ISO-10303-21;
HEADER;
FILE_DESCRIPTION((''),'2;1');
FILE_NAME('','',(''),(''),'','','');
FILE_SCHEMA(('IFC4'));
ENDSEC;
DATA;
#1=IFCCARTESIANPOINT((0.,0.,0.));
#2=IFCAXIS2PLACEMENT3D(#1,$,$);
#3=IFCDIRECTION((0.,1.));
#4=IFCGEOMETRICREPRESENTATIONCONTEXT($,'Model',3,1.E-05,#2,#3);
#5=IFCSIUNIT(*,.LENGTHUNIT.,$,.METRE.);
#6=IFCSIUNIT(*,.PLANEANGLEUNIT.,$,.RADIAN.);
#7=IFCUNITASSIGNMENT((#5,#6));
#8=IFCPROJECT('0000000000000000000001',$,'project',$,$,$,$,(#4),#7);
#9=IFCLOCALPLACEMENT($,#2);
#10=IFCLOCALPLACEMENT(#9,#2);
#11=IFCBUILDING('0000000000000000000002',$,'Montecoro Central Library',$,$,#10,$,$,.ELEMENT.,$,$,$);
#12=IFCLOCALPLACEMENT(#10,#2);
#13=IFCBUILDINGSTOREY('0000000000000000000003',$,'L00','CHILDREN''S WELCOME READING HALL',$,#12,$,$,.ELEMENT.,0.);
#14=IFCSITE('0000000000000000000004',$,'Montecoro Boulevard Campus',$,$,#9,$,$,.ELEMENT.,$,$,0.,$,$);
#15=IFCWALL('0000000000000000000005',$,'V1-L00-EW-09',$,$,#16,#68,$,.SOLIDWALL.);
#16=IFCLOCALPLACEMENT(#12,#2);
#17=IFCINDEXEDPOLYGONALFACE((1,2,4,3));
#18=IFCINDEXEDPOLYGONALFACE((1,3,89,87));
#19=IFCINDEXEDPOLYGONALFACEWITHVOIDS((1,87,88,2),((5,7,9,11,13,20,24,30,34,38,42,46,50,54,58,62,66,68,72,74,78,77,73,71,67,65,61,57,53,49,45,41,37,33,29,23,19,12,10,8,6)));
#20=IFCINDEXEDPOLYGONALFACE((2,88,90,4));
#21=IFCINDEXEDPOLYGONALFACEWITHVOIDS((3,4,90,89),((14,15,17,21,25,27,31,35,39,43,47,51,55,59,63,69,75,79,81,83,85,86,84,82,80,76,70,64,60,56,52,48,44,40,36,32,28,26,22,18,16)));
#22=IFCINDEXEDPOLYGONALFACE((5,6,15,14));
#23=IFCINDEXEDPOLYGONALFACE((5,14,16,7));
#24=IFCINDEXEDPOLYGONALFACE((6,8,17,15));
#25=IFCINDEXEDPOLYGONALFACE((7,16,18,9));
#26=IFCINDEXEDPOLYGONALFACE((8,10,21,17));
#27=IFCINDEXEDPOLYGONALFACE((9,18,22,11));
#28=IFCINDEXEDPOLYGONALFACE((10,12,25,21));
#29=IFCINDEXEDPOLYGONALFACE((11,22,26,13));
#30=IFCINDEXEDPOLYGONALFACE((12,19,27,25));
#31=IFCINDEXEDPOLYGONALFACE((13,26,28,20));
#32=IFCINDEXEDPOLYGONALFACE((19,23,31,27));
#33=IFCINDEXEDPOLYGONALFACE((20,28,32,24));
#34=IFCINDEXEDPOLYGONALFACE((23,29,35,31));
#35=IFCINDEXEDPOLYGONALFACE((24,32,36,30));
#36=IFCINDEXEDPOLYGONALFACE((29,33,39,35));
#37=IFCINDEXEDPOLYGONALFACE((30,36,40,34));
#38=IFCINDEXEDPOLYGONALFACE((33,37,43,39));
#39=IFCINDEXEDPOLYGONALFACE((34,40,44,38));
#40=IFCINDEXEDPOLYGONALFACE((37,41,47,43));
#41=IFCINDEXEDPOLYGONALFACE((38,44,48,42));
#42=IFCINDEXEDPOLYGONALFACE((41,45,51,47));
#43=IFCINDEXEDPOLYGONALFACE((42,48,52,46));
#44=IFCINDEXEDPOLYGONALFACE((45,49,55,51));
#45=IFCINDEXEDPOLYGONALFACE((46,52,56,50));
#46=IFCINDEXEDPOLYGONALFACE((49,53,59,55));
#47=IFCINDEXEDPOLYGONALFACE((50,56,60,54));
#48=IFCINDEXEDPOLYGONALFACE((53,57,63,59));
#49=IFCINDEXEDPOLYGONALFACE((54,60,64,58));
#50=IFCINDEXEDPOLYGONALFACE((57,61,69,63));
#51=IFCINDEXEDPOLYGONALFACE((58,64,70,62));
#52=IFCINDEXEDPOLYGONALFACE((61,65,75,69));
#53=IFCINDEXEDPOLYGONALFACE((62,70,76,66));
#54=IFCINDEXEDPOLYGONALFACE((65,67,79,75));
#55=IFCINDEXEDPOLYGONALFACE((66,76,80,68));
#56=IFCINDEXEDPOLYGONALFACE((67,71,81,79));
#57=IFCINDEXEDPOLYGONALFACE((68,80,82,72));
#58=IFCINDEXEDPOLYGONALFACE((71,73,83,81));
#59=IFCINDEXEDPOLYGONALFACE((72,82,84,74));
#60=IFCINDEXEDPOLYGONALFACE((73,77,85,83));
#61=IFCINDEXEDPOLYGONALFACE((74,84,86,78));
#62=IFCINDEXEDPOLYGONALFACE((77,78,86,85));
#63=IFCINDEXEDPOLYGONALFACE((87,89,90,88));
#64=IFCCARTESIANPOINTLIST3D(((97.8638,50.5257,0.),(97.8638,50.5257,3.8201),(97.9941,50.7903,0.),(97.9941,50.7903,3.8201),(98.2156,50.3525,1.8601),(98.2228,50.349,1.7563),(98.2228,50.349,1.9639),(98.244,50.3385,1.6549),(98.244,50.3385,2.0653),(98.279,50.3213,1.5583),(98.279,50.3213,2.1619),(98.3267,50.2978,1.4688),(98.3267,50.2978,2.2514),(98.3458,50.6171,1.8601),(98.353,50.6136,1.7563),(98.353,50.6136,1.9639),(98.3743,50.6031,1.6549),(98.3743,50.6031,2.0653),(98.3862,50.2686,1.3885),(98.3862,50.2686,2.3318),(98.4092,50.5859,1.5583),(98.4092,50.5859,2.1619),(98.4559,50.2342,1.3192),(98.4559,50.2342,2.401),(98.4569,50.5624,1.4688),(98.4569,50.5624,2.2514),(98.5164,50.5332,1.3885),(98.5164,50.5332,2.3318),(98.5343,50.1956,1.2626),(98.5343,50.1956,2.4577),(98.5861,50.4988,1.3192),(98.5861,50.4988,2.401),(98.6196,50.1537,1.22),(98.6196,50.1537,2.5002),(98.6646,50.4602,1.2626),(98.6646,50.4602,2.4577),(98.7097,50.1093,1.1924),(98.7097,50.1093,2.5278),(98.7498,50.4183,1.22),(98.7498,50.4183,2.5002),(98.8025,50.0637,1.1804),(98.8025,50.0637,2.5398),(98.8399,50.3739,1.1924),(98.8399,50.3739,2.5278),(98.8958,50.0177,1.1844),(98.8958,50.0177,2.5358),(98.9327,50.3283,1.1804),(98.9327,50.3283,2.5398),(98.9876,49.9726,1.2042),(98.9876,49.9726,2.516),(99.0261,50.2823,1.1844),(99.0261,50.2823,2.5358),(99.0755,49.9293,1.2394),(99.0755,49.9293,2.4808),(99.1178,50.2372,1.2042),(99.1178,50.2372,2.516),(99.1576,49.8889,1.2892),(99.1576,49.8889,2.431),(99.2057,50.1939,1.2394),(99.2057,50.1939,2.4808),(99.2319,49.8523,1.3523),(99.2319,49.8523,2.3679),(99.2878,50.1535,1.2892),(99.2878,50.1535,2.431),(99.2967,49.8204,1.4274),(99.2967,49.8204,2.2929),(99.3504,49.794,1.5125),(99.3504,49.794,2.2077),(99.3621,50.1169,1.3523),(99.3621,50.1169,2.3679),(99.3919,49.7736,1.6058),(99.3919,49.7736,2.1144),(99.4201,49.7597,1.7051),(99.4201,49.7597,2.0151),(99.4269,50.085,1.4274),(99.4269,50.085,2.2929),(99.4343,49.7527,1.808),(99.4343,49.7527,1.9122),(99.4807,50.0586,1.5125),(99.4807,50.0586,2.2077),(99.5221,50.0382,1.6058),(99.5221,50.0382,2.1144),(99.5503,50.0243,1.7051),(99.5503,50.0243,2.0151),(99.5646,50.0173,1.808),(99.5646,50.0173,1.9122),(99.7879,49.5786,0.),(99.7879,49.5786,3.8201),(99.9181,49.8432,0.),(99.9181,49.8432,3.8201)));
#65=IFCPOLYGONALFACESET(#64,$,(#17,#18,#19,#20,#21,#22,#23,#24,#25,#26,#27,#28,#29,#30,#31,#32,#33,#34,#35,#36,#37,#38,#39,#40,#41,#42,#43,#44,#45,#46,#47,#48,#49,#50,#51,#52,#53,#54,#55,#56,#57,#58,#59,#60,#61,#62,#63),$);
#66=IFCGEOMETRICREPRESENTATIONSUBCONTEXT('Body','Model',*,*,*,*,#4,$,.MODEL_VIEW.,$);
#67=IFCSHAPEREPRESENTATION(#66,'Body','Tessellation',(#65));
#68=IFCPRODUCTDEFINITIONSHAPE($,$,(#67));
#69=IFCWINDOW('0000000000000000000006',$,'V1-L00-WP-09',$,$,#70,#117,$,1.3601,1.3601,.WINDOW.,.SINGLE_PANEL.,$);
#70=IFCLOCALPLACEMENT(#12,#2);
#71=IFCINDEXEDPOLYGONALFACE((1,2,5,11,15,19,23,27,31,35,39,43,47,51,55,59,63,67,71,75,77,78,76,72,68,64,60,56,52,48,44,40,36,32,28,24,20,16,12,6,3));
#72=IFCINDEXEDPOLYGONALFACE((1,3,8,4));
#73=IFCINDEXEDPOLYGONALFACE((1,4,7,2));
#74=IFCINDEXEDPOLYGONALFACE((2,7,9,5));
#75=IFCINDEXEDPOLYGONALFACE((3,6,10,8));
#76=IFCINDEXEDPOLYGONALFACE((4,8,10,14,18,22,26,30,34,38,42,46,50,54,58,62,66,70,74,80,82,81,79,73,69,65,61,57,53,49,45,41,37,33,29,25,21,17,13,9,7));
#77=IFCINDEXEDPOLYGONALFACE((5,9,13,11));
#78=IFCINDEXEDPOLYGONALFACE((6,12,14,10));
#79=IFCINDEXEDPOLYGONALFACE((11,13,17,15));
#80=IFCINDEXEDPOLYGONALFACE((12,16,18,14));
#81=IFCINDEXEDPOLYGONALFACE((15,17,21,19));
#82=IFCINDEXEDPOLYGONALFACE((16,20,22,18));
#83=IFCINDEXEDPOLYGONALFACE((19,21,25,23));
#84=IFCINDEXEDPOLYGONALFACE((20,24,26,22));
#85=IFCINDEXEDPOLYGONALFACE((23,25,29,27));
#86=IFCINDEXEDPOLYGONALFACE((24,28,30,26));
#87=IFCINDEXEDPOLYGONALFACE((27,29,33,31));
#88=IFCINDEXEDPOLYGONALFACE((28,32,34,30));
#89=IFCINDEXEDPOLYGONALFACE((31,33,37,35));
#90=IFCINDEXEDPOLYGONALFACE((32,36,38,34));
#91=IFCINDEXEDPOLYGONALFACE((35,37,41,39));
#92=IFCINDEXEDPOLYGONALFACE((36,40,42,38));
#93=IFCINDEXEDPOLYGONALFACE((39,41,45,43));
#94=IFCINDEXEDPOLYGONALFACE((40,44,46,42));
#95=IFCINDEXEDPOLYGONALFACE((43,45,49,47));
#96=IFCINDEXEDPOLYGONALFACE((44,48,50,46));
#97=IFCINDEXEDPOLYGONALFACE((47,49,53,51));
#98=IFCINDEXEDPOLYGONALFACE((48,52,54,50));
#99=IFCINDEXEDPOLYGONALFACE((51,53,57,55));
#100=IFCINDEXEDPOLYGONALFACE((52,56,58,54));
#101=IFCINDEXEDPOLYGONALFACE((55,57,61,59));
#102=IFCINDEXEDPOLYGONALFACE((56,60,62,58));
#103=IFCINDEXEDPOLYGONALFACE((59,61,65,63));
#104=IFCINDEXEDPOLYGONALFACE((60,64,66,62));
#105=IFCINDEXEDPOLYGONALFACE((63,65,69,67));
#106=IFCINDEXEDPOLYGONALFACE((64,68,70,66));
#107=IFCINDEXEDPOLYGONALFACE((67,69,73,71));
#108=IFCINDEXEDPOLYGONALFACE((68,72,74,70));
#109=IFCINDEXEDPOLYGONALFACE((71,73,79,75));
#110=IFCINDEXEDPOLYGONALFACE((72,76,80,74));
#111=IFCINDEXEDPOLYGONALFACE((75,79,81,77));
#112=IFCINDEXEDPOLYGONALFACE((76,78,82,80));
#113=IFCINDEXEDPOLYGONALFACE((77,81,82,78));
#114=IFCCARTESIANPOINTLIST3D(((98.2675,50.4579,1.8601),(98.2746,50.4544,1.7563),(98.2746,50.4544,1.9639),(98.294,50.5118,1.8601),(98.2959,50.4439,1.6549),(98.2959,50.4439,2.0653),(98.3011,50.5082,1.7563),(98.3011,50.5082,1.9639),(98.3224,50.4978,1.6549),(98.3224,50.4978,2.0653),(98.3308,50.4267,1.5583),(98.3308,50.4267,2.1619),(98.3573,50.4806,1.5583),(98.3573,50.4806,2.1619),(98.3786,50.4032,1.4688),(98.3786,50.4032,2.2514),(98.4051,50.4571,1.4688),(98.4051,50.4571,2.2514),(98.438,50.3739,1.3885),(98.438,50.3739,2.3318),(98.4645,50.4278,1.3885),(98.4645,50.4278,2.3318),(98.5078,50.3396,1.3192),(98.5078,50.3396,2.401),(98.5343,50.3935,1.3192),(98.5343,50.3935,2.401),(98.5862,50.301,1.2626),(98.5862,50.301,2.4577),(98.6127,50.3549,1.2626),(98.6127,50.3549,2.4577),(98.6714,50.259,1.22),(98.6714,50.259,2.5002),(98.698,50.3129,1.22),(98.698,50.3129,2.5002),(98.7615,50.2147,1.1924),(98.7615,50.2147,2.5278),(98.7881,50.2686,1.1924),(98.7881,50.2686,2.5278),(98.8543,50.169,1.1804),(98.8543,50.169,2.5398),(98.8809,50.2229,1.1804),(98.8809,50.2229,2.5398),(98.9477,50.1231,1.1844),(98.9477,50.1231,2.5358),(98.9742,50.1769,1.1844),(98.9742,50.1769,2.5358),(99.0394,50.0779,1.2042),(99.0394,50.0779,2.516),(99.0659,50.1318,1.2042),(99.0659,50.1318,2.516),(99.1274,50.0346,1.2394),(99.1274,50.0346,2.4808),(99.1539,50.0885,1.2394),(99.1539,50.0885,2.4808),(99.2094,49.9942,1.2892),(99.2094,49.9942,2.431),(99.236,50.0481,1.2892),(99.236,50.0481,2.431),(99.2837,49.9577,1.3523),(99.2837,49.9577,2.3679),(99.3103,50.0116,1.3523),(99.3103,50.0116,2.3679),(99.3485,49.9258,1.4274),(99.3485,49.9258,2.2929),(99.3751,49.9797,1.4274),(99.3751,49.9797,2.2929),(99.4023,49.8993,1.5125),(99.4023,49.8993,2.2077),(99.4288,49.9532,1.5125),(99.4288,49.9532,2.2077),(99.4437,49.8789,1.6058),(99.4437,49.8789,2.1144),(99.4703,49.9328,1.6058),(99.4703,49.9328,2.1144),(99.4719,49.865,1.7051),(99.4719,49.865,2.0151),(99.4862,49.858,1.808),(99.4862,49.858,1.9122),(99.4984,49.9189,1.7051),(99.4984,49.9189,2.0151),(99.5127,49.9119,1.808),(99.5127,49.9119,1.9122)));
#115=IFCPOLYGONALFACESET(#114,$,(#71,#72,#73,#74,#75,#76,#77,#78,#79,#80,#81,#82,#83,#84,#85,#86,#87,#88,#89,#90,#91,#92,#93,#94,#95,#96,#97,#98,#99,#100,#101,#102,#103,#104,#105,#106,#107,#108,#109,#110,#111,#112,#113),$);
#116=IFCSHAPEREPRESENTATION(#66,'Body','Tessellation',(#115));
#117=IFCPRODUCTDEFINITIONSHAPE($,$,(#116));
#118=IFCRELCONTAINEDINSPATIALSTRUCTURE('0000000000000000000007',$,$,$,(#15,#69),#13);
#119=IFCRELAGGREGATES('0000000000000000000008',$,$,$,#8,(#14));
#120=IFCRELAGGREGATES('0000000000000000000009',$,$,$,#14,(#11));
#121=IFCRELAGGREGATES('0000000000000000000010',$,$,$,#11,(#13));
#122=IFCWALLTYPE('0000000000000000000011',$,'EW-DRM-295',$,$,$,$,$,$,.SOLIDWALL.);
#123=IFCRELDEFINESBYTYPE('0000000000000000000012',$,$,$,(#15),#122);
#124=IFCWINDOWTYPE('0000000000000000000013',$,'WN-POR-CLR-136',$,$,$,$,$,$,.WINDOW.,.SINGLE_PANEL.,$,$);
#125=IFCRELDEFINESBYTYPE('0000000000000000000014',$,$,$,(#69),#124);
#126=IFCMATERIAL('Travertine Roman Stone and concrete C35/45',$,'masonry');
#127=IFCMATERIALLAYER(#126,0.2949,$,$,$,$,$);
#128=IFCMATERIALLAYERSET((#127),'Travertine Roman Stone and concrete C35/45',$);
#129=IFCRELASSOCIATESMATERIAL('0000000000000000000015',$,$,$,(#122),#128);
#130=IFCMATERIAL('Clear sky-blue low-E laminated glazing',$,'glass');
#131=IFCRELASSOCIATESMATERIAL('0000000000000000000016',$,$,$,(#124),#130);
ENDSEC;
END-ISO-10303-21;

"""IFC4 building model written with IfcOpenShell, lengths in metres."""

from ifc_helpers import new_model, si_unit, direction, frame, frame_2d, origin, place, context, subcontext, project, spatial, rectangle, circle, extrude, material, layer, layer_set, type_object, element, fill, save


model = new_model("IFC4")

# Units and contexts
model_context = context("Model", 3, precision=1e-05, world=origin(), true_north=direction((0.0, 1.0)))
body_context = subcontext(model_context, "Body", "Model", "MODEL_VIEW")
ifc_project = project(units=[si_unit("LENGTHUNIT", "METRE"), si_unit("PLANEANGLEUNIT", "RADIAN")], contexts=[model_context])

# Site, building, storey
site_placement = place(None, origin())
site = spatial("IfcSite", under=ifc_project, at=site_placement, Name="Montecoro Boulevard Campus", CompositionType="ELEMENT", RefElevation=0.0)
building_placement = place(site_placement, origin())
building = spatial("IfcBuilding", under=site, at=building_placement, Name="Montecoro Central Library", CompositionType="ELEMENT")
storey_placement = place(building_placement, origin())
storey = spatial("IfcBuildingStorey", under=building, at=storey_placement, Name="L00", Description="CHILDREN'S WELCOME READING HALL", CompositionType="ELEMENT", Elevation=0.0)

# Wall, opening, window
ifc_material_1 = material(Name="Travertine Roman Stone and concrete C35/45", Category="masonry")
ifc_layer_1 = layer(ifc_material_1, 0.2949)
ifc_layer_set_1 = layer_set([ifc_layer_1], Name="Travertine Roman Stone and concrete C35/45")
wall_type_1 = type_object("IfcWallType", Name="EW-DRM-295", PredefinedType="SOLIDWALL", material=ifc_layer_set_1)
wall_1_placement = place(storey_placement, frame((99.853, 49.7109, 0.0), z_axis=(0.0, 0.0, 1.0), x_axis=(-0.89721, 0.441604, 0.0)))
wall_1 = element("IfcWall", 1, at=wall_1_placement, inside=storey, type_object=wall_type_1, Name="V1-L00-EW-09", PredefinedType="SOLIDWALL", context=body_context, shape_type="SweptSolid", body=[
    extrude(rectangle(XDim=2.1445, YDim=0.2949, at=frame_2d((1.0723, 0.0))), origin(), (0.0, 0.0, 1.0), 3.8201),
])
opening_1_placement = place(wall_1_placement, frame((0.3921, 0.0, 1.1799)))
opening_1 = element("IfcOpeningElement", 2, at=opening_1_placement, cuts=wall_1, PredefinedType="OPENING", context=body_context, shape_type="SweptSolid", body=[
    extrude(circle(Radius=0.6802, at=frame_2d((0.6802, 0.6802))), frame((0.0, 0.1575, 0.0), z_axis=(0.0, -1.0, 0.0), x_axis=(1.0, 0.0, 0.0)), (0.0, 0.0, 1.0), 0.3149),
])
ifc_material_2 = material(Name="Clear sky-blue low-E laminated glazing", Category="glass")
window_type_1 = type_object("IfcWindowType", Name="WN-POR-CLR-136", PartitioningType="SINGLE_PANEL", PredefinedType="WINDOW", material=ifc_material_2)
window_1_placement = place(opening_1_placement, origin())
window_1 = element("IfcWindow", 3, at=window_1_placement, inside=storey, type_object=window_type_1, Name="V1-L00-WP-09", OverallHeight=1.3601, OverallWidth=1.3601, PartitioningType="SINGLE_PANEL", PredefinedType="WINDOW", context=body_context, shape_type="SweptSolid", body=[
    extrude(circle(Radius=0.6802, at=frame_2d((0.6802, 0.6802))), frame((0.0, 0.03, 0.0), z_axis=(0.0, -1.0, 0.0), x_axis=(1.0, 0.0, 0.0)), (0.0, 0.0, 1.0), 0.0601),
])
fill(opening_1, window_1)

save(model, "model.ifc")
